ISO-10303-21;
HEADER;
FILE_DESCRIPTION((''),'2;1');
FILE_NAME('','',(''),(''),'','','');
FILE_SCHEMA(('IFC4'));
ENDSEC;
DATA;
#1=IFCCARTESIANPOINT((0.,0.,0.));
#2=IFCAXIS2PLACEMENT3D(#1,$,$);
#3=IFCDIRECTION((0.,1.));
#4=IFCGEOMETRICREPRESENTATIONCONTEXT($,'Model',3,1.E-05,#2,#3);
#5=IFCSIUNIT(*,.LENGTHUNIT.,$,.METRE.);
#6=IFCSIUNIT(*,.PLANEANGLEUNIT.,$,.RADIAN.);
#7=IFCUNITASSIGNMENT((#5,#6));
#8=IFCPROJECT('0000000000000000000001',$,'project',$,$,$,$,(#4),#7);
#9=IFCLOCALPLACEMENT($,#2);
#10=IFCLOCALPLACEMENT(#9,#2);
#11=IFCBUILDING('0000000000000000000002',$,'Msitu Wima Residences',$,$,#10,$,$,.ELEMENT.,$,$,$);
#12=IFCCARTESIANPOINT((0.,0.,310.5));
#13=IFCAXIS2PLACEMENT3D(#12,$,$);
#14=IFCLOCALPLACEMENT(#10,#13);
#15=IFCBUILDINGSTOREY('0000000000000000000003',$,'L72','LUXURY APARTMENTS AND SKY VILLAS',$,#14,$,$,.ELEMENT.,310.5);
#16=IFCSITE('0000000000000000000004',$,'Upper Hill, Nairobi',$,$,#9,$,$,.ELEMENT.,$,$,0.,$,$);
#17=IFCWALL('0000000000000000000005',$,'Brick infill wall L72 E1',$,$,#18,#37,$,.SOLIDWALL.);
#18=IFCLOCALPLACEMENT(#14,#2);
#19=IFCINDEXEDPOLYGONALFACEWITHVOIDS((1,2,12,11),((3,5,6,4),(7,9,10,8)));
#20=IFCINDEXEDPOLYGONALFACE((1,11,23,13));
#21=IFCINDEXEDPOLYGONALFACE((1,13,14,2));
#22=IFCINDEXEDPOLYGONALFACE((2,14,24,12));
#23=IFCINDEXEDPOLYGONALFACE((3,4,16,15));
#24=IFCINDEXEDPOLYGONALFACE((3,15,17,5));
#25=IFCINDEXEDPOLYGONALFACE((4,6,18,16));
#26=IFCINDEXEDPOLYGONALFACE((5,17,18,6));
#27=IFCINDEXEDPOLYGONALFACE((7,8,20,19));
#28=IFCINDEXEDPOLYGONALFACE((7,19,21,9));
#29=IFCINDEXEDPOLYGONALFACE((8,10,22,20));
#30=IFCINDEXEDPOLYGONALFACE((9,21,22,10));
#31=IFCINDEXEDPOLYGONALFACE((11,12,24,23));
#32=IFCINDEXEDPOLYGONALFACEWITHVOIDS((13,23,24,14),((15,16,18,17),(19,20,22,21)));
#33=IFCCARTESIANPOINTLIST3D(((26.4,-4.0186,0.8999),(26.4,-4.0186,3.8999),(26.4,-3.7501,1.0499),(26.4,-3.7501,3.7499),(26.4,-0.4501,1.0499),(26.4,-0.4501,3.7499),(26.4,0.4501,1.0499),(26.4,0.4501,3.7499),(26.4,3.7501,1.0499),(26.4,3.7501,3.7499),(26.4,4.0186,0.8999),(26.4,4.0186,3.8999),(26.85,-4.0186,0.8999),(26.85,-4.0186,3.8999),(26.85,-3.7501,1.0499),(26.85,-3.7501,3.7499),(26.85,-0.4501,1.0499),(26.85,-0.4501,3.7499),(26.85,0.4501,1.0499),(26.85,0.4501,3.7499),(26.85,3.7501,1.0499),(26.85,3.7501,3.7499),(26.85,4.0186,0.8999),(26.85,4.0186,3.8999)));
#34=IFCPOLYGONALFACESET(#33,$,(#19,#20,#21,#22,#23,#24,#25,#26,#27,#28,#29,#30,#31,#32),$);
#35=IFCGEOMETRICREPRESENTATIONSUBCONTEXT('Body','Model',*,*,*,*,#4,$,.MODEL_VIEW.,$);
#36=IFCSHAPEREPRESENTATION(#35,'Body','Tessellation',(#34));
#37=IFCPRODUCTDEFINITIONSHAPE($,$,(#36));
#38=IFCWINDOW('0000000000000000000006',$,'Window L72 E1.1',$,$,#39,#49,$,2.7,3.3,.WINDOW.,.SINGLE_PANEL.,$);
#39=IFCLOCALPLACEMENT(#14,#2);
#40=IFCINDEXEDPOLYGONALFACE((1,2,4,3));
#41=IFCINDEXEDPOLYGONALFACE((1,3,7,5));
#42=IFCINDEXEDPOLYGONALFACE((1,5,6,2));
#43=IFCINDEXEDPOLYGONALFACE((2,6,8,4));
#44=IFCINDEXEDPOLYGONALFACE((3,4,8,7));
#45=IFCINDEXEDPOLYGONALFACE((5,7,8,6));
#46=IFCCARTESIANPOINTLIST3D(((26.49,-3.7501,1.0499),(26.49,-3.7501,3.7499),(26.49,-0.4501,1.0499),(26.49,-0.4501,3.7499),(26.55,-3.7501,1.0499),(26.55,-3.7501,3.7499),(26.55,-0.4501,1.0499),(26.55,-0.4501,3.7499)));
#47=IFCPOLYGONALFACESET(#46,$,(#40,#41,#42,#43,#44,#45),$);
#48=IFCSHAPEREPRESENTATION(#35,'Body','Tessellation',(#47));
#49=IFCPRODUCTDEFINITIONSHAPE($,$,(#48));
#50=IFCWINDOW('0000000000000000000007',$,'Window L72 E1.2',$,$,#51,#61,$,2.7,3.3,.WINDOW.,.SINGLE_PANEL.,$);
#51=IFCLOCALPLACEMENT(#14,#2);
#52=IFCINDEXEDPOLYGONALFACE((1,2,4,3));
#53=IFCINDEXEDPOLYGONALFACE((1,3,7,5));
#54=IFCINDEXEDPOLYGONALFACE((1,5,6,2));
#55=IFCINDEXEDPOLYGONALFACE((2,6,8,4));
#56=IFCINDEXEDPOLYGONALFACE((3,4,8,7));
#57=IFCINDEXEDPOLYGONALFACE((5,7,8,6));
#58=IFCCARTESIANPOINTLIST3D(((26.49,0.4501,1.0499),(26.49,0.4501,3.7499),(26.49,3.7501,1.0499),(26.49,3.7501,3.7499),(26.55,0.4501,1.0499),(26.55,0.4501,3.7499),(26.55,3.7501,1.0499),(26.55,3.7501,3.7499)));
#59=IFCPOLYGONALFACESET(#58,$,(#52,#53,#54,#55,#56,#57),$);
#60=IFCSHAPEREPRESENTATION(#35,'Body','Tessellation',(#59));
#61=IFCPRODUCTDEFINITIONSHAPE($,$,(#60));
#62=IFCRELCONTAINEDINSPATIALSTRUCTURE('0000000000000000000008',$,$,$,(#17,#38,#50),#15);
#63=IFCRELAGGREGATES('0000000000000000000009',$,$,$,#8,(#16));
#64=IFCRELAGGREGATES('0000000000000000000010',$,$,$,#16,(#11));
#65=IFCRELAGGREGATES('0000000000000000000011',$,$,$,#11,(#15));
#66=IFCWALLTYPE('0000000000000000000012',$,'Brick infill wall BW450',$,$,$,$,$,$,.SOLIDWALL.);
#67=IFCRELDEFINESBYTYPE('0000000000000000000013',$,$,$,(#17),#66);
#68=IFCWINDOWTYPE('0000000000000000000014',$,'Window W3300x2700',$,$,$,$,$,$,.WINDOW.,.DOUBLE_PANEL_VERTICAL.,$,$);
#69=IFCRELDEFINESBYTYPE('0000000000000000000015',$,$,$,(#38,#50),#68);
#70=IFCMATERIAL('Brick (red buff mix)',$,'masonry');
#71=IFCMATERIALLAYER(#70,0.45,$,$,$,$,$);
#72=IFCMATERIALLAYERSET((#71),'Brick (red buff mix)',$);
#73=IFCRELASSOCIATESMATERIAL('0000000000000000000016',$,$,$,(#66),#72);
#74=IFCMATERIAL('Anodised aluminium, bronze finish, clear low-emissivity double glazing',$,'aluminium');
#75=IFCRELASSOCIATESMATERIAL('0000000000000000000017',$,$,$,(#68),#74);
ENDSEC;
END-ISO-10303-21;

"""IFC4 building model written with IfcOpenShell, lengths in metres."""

from ifc_helpers import new_model, si_unit, direction, frame, frame_2d, origin, place, context, subcontext, project, spatial, rectangle, extrude, material, layer, layer_set, type_object, element, fill, save


model = new_model("IFC4")

# Units and contexts
model_context = context("Model", 3, precision=1e-05, world=origin(), true_north=direction((0.0, 1.0)))
body_context = subcontext(model_context, "Body", "Model", "MODEL_VIEW")
ifc_project = project(units=[si_unit("LENGTHUNIT", "METRE"), si_unit("PLANEANGLEUNIT", "RADIAN")], contexts=[model_context])

# Site, building, storey
site_placement = place(None, origin())
site = spatial("IfcSite", under=ifc_project, at=site_placement, Name="Upper Hill, Nairobi", CompositionType="ELEMENT", RefElevation=0.0)
building_placement = place(site_placement, origin())
building = spatial("IfcBuilding", under=site, at=building_placement, Name="Msitu Wima Residences", CompositionType="ELEMENT")
storey_placement = place(building_placement, frame((0.0, 0.0, 310.5)))
storey = spatial("IfcBuildingStorey", under=building, at=storey_placement, Name="L72", Description="LUXURY APARTMENTS AND SKY VILLAS", CompositionType="ELEMENT", Elevation=310.5)

# Shared definitions
ifc_material_1 = material(Name="Brick (red buff mix)", Category="masonry")
ifc_layer_1 = layer(ifc_material_1, 0.45)
ifc_layer_set_1 = layer_set([ifc_layer_1], Name="Brick (red buff mix)")
wall_type_1 = type_object("IfcWallType", Name="Brick infill wall BW450", PredefinedType="SOLIDWALL", material=ifc_layer_set_1)
ifc_material_2 = material(Name="Anodised aluminium, bronze finish, clear low-emissivity double glazing", Category="aluminium")
window_type = type_object("IfcWindowType", Name="Window W3300x2700", PartitioningType="DOUBLE_PANEL_VERTICAL", PredefinedType="WINDOW", material=ifc_material_2)

# Wall, openings, windows
wall_1_placement = place(storey_placement, frame((26.625, -4.0186, 0.8999), z_axis=(0.0, 0.0, 1.0), x_axis=(0.0, 1.0, 0.0)))
wall_1 = element("IfcWall", 1, at=wall_1_placement, inside=storey, type_object=wall_type_1, Name="Brick infill wall L72 E1", PredefinedType="SOLIDWALL", context=body_context, shape_type="SweptSolid", body=[
    extrude(rectangle(XDim=8.0371, YDim=0.45, at=frame_2d((4.0186, 0.0))), origin(), (0.0, 0.0, 1.0), 3.0),
])
opening_1_placement = place(wall_1_placement, frame((0.2686, 0.0, 0.1499)))
opening_1 = element("IfcOpeningElement", 2, at=opening_1_placement, cuts=wall_1, PredefinedType="OPENING", context=body_context, shape_type="SweptSolid", body=[
    extrude(rectangle(XDim=3.3, YDim=2.7, at=frame_2d((1.6499, 1.3501))), frame((0.0, 0.2349, 0.0), z_axis=(0.0, -1.0, 0.0), x_axis=(1.0, 0.0, 0.0)), (0.0, 0.0, 1.0), 0.47),
])
opening_2_placement = place(wall_1_placement, frame((4.4688, 0.0, 0.1499)))
opening_2 = element("IfcOpeningElement", 3, at=opening_2_placement, cuts=wall_1, PredefinedType="OPENING", context=body_context, shape_type="SweptSolid", body=[
    extrude(rectangle(XDim=3.3, YDim=2.7, at=frame_2d((1.6499, 1.3501))), frame((0.0, 0.2349, 0.0), z_axis=(0.0, -1.0, 0.0), x_axis=(1.0, 0.0, 0.0)), (0.0, 0.0, 1.0), 0.47),
])
window_1_placement = place(opening_1_placement, origin())
window_1 = element("IfcWindow", 4, at=window_1_placement, inside=storey, type_object=window_type, Name="Window L72 E1.1", OverallHeight=2.7, OverallWidth=3.3, PartitioningType="SINGLE_PANEL", PredefinedType="WINDOW", context=body_context, shape_type="SweptSolid", body=[
    extrude(rectangle(XDim=3.3, YDim=2.7, at=frame_2d((1.6499, 1.3501))), frame((0.0, 0.135, 0.0), z_axis=(0.0, -1.0, 0.0), x_axis=(1.0, 0.0, 0.0)), (0.0, 0.0, 1.0), 0.0601),
])
fill(opening_1, window_1)
window_2_placement = place(opening_2_placement, origin())
window_2 = element("IfcWindow", 5, at=window_2_placement, inside=storey, type_object=window_type, Name="Window L72 E1.2", OverallHeight=2.7, OverallWidth=3.3, PartitioningType="SINGLE_PANEL", PredefinedType="WINDOW", context=body_context, shape_type="SweptSolid", body=[
    extrude(rectangle(XDim=3.3, YDim=2.7, at=frame_2d((1.6499, 1.3501))), frame((0.0, 0.135, 0.0), z_axis=(0.0, -1.0, 0.0), x_axis=(1.0, 0.0, 0.0)), (0.0, 0.0, 1.0), 0.0601),
])
fill(opening_2, window_2)

save(model, "model.ifc")
